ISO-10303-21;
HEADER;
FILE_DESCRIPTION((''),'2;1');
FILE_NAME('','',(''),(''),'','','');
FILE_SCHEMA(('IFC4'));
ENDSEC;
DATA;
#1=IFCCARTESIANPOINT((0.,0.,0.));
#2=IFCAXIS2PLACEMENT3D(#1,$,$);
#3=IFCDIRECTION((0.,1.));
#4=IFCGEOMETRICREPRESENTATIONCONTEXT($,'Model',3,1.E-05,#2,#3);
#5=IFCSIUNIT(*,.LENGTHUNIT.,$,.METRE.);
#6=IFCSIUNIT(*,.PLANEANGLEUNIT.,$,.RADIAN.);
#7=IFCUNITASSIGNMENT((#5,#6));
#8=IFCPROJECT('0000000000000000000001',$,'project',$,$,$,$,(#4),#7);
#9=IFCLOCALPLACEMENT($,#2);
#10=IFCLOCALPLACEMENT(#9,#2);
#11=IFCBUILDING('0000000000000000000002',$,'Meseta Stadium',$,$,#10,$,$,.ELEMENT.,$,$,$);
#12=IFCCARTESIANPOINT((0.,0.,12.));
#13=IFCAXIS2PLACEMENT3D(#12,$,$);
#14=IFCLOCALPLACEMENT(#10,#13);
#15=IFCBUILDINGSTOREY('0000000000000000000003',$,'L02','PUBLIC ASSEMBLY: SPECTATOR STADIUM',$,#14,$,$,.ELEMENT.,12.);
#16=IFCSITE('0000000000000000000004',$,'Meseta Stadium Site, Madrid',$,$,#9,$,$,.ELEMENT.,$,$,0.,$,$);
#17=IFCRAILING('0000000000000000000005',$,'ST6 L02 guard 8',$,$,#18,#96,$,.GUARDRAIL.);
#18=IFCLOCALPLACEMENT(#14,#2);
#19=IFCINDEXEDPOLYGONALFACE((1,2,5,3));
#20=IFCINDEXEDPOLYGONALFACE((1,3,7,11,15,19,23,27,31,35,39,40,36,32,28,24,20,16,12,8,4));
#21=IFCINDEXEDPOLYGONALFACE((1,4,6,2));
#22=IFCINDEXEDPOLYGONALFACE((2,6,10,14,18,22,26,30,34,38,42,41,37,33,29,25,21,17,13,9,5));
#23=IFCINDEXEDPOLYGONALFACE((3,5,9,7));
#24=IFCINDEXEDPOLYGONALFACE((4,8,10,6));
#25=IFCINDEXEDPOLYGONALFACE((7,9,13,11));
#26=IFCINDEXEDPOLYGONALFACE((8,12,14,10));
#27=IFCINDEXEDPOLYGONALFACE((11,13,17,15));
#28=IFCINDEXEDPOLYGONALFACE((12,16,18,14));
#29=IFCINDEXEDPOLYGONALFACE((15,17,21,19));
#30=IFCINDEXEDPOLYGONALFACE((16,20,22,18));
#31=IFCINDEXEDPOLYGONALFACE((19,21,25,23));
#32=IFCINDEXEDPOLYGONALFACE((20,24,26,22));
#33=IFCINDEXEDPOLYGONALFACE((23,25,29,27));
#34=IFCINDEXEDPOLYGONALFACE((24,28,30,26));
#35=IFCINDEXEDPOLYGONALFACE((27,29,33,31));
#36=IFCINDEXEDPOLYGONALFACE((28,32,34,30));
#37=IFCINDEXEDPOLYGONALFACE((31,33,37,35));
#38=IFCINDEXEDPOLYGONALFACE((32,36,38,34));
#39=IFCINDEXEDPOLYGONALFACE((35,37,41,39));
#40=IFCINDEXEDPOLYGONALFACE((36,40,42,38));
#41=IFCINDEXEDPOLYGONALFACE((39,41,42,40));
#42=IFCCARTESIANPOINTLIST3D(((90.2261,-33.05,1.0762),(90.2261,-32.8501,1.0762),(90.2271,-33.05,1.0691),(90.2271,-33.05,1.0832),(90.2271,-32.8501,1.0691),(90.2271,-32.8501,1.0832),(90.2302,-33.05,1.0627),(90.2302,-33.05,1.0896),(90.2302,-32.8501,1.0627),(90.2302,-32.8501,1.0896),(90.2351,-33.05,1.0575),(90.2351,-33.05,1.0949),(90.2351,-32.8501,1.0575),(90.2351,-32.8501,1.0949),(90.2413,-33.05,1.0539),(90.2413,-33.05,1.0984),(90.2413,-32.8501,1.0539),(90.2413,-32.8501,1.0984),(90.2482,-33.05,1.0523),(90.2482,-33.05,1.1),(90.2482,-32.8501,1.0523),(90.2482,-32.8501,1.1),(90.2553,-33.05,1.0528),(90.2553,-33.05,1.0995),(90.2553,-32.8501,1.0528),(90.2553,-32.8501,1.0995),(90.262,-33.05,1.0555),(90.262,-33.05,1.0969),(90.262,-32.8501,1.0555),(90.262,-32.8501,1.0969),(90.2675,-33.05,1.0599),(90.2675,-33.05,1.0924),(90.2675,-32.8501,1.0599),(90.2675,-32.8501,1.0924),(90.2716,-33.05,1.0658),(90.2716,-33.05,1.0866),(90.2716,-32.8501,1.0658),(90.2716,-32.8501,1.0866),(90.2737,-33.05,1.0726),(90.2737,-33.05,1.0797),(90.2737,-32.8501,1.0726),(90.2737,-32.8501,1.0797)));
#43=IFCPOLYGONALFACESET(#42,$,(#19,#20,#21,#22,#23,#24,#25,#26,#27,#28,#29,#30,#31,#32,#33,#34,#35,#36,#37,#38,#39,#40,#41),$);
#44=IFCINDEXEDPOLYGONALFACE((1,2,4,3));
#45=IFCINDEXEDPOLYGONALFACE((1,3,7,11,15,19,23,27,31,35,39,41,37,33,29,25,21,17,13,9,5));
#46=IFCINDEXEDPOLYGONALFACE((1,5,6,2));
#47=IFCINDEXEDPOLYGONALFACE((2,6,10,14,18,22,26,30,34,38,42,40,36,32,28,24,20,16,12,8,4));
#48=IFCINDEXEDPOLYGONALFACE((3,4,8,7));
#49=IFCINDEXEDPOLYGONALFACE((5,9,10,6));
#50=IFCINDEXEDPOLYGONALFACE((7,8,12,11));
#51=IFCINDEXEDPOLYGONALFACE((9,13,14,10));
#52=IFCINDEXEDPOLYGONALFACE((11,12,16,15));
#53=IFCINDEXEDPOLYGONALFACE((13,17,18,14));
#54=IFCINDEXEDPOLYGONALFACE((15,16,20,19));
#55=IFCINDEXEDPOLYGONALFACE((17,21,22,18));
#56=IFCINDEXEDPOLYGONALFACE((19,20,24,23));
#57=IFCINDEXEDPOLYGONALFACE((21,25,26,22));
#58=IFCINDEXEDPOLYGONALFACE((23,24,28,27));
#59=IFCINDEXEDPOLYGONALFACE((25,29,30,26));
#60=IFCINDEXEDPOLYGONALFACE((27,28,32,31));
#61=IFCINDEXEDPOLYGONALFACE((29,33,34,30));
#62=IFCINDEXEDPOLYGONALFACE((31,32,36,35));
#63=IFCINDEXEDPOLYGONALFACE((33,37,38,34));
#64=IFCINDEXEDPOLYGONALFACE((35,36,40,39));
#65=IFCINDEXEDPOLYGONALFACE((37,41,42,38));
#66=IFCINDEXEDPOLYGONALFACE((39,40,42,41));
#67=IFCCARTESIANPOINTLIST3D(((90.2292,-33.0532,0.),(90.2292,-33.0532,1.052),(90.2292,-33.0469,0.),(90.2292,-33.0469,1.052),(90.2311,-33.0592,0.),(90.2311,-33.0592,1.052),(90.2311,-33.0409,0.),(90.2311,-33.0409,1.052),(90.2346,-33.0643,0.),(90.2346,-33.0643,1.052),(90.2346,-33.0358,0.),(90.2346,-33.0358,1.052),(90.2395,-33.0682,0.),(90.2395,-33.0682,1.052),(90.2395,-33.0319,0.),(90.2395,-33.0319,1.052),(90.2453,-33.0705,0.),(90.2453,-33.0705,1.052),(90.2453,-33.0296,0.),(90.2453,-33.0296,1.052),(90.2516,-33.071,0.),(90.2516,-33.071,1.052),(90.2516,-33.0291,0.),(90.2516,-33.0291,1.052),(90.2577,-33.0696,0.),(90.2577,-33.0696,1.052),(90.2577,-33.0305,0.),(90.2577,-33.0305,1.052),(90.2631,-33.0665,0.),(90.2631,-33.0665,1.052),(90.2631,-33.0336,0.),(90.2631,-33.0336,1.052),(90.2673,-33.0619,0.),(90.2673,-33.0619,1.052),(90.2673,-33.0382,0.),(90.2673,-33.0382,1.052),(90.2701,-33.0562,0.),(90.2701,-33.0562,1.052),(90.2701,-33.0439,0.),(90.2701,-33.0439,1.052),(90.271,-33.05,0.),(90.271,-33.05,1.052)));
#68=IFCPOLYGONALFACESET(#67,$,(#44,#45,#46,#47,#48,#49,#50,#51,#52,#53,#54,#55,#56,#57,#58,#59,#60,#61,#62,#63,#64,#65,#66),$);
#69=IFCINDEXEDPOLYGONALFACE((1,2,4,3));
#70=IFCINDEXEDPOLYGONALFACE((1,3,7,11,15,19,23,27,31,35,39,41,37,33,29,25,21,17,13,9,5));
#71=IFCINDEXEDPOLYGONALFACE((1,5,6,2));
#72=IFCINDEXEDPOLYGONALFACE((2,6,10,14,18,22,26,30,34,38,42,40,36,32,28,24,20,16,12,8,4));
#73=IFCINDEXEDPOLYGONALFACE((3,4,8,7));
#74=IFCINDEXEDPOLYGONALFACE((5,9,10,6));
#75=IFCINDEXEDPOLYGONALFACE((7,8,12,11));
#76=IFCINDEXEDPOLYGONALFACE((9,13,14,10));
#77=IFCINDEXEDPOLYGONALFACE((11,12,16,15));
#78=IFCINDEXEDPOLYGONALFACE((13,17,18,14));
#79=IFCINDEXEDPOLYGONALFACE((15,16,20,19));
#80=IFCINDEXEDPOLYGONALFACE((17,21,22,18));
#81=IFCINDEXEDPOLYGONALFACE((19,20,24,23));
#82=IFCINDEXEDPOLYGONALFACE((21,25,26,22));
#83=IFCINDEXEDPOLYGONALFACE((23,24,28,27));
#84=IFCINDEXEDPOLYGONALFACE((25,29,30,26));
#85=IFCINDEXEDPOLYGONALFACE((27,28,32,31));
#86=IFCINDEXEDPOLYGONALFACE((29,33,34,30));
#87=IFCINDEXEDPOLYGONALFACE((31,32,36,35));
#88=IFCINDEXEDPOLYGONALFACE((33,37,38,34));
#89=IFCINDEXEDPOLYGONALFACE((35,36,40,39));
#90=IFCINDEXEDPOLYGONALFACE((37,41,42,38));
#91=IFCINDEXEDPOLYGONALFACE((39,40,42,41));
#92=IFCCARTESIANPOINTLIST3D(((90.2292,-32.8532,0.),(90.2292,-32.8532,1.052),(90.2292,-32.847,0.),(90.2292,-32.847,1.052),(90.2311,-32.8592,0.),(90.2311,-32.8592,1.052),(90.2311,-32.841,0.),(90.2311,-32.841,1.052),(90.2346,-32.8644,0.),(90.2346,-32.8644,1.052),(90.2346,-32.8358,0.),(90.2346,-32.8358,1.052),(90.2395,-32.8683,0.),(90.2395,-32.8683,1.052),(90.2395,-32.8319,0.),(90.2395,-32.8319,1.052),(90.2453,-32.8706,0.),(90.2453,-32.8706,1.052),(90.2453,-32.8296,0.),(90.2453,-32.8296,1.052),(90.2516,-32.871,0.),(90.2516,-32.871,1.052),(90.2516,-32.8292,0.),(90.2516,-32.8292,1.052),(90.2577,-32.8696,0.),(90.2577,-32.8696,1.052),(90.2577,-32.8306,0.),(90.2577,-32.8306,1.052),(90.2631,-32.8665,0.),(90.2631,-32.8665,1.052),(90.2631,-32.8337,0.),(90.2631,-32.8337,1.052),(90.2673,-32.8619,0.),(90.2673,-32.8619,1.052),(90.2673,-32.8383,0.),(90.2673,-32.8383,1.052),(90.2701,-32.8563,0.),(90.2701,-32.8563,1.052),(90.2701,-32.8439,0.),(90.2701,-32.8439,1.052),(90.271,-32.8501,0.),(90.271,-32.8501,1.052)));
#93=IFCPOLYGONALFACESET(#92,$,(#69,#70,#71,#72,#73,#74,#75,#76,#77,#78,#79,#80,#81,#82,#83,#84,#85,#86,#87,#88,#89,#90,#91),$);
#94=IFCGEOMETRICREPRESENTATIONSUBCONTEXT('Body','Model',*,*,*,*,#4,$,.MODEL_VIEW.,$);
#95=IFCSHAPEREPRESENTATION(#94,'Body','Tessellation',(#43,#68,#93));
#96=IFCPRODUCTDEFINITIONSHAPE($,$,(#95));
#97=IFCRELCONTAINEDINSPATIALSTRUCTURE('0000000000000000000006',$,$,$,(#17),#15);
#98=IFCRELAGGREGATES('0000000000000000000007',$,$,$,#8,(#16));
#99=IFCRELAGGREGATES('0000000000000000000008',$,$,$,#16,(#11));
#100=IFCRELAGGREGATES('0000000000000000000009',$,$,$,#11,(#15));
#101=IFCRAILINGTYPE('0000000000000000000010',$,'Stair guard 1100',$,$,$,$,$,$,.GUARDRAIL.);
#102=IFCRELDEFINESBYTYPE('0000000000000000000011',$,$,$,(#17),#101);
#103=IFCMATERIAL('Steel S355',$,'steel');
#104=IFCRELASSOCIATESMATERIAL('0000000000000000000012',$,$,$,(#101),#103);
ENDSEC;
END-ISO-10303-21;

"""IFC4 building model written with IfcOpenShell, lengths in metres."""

from ifc_helpers import new_model, si_unit, direction, frame, origin, origin_2d, place, context, subcontext, project, spatial, circle, extrude, material, type_object, element, save


model = new_model("IFC4")

# Units and contexts
model_context = context("Model", 3, precision=1e-05, world=origin(), true_north=direction((0.0, 1.0)))
body_context = subcontext(model_context, "Body", "Model", "MODEL_VIEW")
ifc_project = project(units=[si_unit("LENGTHUNIT", "METRE"), si_unit("PLANEANGLEUNIT", "RADIAN")], contexts=[model_context])

# Site, building, storey
site_placement = place(None, origin())
site = spatial("IfcSite", under=ifc_project, at=site_placement, Name="Meseta Stadium Site, Madrid", CompositionType="ELEMENT", RefElevation=0.0)
building_placement = place(site_placement, origin())
building = spatial("IfcBuilding", under=site, at=building_placement, Name="Meseta Stadium", CompositionType="ELEMENT")
storey_placement = place(building_placement, frame((0.0, 0.0, 12.0)))
storey = spatial("IfcBuildingStorey", under=building, at=storey_placement, Name="L02", Description="PUBLIC ASSEMBLY: SPECTATOR STADIUM", CompositionType="ELEMENT", Elevation=12.0)

# Railing
ifc_material_1 = material(Name="Steel S355", Category="steel")
railing_type_1 = type_object("IfcRailingType", Name="Stair guard 1100", PredefinedType="GUARDRAIL", material=ifc_material_1)
railing_1_placement = place(storey_placement, frame((90.25, -33.05, 0.0)))
element("IfcRailing", 1, at=railing_1_placement, inside=storey, type_object=railing_type_1, Name="ST6 L02 guard 8", PredefinedType="GUARDRAIL", context=body_context, shape_type="SweptSolid", body=[
    extrude(circle(Radius=0.0239, at=origin_2d()), frame((0.0, 0.0, 1.0762), z_axis=(0.0, 1.0, 0.0), x_axis=(-1.0, 0.0, 0.0)), (0.0, 0.0, 1.0), 0.2),
    extrude(circle(Radius=0.021, at=origin_2d()), origin(), (0.0, 0.0, 1.0), 1.052),
    extrude(circle(Radius=0.021, at=origin_2d()), frame((0.0, 0.2, 0.0)), (0.0, 0.0, 1.0), 1.052),
])

save(model, "model.ifc")
